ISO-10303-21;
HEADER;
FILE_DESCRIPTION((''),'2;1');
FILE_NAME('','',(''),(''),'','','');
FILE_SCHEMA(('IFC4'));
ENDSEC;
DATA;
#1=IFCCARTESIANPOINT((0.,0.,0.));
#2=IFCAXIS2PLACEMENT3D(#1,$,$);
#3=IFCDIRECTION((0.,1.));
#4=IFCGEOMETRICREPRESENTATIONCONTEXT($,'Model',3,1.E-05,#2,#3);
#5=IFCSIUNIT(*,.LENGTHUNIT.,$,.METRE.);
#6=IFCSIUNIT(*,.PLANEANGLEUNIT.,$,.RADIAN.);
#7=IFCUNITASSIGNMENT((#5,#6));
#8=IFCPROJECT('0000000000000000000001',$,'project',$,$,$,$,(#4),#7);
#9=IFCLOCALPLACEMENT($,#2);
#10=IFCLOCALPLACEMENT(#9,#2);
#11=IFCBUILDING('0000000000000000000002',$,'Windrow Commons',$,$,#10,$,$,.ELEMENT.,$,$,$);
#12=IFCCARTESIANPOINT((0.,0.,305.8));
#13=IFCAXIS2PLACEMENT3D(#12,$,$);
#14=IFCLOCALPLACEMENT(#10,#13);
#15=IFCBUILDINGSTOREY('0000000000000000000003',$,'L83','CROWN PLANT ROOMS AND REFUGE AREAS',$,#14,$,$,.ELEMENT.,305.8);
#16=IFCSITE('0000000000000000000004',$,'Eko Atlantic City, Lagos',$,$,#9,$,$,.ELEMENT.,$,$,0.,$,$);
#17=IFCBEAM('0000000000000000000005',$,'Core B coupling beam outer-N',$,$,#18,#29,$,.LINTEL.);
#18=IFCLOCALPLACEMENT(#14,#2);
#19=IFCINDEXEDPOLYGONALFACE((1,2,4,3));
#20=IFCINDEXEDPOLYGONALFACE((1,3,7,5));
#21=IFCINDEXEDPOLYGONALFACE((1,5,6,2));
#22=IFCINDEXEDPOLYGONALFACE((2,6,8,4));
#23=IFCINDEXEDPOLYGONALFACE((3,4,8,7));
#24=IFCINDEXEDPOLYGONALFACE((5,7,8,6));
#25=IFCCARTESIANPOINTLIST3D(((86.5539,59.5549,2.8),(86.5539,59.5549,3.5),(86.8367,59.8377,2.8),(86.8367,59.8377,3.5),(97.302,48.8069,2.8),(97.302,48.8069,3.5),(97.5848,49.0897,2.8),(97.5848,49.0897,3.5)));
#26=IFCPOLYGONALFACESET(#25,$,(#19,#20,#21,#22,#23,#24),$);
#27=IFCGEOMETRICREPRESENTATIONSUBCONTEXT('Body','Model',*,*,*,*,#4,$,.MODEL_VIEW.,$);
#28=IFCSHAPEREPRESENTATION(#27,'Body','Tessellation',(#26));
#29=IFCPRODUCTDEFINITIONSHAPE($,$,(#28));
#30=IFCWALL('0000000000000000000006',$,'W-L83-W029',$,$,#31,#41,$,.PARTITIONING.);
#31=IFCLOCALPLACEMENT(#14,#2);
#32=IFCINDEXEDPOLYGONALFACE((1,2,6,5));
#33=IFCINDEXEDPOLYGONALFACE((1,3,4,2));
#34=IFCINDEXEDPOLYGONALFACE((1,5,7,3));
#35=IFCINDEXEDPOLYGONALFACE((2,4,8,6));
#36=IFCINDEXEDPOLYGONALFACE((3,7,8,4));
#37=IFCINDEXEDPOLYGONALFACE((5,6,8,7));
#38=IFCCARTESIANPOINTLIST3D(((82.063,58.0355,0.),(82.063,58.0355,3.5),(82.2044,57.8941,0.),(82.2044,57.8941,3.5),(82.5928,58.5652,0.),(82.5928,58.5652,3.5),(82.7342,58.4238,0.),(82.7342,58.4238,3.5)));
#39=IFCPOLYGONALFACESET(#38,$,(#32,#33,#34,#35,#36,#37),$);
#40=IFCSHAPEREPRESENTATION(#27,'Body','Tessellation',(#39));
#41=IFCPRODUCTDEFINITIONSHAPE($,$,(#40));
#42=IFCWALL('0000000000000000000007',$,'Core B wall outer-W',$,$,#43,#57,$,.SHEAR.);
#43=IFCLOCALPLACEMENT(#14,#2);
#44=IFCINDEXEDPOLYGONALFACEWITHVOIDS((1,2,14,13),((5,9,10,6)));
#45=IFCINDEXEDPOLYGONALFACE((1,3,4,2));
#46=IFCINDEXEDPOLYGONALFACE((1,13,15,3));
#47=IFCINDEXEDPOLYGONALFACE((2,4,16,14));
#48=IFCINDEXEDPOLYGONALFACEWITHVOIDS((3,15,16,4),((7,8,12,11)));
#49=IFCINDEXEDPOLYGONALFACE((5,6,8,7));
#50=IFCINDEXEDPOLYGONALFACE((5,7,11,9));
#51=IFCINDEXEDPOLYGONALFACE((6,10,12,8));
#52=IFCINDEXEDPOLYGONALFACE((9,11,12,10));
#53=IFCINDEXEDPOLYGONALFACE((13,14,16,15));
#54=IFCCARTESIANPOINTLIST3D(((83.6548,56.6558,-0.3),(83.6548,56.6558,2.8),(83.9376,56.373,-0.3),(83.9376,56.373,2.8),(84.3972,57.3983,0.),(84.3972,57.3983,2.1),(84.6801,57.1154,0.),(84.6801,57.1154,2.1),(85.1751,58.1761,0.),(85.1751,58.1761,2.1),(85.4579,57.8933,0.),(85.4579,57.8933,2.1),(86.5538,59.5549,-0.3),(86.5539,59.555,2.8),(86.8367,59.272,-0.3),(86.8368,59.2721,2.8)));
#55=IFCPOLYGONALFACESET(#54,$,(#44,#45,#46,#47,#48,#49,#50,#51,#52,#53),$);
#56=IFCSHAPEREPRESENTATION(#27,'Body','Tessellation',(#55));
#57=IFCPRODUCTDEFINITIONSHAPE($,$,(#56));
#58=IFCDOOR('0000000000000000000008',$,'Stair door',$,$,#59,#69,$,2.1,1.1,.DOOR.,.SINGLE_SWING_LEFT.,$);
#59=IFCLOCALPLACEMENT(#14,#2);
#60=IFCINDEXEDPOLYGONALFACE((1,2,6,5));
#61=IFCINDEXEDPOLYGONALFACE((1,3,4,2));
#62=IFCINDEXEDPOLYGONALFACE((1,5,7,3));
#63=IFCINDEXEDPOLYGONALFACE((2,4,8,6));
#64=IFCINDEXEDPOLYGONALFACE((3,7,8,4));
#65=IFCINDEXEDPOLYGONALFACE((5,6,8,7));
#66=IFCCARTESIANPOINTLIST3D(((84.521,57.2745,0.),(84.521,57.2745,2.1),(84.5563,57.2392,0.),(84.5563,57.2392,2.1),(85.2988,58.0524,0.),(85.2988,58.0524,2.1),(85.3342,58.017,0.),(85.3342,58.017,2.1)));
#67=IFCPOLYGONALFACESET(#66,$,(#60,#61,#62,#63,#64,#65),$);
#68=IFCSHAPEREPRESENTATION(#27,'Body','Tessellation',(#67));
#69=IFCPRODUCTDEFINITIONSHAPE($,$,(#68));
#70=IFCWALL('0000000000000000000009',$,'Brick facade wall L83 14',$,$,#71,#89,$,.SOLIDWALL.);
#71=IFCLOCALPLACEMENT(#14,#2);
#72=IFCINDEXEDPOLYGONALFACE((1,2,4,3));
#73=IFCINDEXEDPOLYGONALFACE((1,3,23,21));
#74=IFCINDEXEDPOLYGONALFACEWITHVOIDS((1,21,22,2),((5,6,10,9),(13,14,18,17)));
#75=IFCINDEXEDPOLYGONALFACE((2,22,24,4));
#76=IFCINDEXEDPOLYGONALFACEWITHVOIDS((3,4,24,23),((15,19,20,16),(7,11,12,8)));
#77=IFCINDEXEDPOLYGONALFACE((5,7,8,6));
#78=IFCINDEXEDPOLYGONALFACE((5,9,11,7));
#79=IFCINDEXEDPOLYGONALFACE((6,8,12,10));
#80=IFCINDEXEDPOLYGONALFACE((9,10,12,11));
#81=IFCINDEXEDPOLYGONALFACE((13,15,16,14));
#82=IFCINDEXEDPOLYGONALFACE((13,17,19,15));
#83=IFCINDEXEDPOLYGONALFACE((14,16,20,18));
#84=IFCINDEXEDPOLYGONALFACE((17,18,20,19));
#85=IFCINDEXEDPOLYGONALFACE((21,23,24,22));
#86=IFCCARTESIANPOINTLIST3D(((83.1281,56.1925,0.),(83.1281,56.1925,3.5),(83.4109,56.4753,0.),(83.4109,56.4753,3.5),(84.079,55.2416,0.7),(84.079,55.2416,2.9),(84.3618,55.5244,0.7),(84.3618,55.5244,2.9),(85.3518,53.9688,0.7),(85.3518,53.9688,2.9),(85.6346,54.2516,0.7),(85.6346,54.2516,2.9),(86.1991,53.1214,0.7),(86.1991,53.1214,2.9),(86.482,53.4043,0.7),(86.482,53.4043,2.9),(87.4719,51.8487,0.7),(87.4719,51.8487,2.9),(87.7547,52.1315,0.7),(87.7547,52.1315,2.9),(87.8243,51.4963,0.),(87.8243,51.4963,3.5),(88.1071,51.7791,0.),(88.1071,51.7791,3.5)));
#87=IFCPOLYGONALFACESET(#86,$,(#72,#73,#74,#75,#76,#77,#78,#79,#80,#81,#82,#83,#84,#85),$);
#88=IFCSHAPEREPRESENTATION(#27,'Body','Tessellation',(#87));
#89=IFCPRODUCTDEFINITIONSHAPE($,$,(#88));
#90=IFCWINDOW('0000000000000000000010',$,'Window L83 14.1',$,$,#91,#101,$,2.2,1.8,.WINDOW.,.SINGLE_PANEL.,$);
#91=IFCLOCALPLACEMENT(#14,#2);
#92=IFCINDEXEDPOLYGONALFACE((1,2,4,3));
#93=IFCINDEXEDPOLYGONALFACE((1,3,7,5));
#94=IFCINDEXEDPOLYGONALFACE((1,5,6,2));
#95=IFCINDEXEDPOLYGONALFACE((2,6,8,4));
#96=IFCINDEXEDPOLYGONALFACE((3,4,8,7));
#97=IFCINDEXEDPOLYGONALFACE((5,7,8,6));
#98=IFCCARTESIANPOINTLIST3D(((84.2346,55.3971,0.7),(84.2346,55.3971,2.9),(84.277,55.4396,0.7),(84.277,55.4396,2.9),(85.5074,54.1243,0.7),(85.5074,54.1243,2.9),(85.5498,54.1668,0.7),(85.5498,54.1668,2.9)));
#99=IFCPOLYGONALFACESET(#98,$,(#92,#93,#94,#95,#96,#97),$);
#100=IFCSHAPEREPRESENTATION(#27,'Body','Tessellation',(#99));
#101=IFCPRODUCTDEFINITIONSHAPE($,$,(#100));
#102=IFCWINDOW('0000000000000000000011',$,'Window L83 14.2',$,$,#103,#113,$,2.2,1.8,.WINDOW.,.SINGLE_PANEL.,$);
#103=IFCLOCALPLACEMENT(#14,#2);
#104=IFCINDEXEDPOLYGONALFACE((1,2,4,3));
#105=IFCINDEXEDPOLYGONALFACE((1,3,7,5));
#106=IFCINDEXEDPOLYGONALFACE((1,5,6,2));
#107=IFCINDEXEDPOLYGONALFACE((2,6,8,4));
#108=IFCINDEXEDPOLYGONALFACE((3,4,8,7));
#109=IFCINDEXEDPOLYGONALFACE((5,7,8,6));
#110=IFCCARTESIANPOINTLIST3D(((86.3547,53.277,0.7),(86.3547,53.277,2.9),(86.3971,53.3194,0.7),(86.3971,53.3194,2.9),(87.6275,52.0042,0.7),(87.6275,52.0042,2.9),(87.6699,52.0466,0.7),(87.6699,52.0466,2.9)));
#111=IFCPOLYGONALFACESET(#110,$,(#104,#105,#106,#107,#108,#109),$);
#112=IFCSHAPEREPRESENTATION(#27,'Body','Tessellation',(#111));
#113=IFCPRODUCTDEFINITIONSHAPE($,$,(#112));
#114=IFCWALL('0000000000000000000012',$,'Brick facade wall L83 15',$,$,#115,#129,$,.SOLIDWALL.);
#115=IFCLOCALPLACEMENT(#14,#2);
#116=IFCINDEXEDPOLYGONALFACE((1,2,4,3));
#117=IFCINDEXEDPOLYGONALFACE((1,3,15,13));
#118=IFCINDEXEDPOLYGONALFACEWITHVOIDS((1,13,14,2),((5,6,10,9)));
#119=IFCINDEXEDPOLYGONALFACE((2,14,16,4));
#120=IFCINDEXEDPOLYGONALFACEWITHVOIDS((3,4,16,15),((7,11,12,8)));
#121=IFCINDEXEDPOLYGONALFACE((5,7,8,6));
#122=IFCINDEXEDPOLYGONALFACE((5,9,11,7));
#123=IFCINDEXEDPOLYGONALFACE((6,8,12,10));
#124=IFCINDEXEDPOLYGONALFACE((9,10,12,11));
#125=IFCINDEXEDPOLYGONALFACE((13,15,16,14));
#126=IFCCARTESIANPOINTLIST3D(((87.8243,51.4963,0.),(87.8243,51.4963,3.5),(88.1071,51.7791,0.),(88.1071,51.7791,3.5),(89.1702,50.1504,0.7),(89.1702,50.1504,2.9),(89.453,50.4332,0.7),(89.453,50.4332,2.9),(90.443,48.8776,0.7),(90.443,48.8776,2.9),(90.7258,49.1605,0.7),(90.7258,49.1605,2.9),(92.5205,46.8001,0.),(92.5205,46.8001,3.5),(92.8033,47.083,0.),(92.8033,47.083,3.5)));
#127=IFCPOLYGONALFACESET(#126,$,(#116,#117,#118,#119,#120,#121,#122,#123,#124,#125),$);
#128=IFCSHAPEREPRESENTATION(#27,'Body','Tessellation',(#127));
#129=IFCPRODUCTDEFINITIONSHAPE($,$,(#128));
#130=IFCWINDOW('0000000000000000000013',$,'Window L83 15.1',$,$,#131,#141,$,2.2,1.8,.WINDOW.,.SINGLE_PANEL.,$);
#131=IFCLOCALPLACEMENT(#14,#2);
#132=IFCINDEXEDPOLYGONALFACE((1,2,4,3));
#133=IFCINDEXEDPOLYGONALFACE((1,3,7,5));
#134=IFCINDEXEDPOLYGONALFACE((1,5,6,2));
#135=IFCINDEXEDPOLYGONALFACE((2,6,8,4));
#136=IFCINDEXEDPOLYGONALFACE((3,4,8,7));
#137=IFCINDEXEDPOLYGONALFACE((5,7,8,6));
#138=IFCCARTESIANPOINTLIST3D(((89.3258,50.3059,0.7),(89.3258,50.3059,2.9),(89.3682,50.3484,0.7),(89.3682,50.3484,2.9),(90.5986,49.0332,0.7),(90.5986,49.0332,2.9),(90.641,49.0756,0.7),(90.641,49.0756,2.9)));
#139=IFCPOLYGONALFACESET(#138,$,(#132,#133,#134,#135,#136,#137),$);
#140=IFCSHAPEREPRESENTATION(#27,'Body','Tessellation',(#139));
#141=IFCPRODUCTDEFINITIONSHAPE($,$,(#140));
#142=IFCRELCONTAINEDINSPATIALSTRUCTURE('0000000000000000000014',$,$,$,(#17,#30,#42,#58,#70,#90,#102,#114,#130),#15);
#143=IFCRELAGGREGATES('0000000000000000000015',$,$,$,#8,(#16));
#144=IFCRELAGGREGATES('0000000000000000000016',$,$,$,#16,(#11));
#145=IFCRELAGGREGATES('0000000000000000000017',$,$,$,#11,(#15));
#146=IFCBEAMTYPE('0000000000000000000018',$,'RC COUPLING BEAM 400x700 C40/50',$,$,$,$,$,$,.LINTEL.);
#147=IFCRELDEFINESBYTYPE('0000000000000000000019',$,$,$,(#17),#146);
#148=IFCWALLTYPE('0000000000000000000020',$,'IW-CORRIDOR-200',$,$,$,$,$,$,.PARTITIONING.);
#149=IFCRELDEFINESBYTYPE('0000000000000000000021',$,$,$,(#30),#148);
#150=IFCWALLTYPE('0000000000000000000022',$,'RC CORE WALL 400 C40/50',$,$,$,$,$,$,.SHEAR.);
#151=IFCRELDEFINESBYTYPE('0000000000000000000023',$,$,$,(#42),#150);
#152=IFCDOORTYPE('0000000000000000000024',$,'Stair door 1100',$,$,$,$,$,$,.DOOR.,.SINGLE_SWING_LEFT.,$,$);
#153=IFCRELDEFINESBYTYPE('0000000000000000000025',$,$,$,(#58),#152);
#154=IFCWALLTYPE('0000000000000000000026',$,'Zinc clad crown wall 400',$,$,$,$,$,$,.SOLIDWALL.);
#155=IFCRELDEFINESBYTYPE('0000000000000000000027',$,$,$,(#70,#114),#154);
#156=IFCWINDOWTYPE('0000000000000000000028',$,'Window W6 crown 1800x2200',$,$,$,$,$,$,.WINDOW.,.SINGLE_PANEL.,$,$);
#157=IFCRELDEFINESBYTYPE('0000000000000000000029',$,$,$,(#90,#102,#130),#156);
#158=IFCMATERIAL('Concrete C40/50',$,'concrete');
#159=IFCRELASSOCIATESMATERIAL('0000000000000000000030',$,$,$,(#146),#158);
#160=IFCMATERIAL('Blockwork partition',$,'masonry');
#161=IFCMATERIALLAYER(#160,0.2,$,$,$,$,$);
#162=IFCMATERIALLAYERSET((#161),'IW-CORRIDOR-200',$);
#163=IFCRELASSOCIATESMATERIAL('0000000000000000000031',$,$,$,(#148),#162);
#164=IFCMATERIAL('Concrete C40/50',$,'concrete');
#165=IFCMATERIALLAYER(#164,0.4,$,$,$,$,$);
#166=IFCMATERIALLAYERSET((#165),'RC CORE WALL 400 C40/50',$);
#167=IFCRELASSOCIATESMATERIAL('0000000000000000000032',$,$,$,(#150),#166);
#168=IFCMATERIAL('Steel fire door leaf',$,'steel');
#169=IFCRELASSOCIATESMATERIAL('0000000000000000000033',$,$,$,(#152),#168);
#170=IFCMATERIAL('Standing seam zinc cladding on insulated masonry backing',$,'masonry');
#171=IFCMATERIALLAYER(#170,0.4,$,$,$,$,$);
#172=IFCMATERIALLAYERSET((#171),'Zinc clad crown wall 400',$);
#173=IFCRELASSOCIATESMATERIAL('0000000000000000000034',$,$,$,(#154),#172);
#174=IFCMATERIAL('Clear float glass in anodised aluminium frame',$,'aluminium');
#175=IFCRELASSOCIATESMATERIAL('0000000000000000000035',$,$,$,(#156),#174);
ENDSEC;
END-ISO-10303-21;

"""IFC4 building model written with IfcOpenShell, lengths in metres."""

from ifc_helpers import new_model, si_unit, direction, frame, frame_2d, origin, origin_2d, place, context, subcontext, project, spatial, polyline, rectangle, outline, extrude, material, layer, layer_set, material_profile, profile_set, type_object, element, fill, save


model = new_model("IFC4")

# Units and contexts
model_context = context("Model", 3, precision=1e-05, world=origin(), true_north=direction((0.0, 1.0)))
body_context = subcontext(model_context, "Body", "Model", "MODEL_VIEW")
ifc_project = project(units=[si_unit("LENGTHUNIT", "METRE"), si_unit("PLANEANGLEUNIT", "RADIAN")], contexts=[model_context])

# Site, building, storey
site_placement = place(None, origin())
site = spatial("IfcSite", under=ifc_project, at=site_placement, Name="Eko Atlantic City, Lagos", CompositionType="ELEMENT", RefElevation=0.0)
building_placement = place(site_placement, origin())
building = spatial("IfcBuilding", under=site, at=building_placement, Name="Windrow Commons", CompositionType="ELEMENT")
storey_placement = place(building_placement, frame((0.0, 0.0, 305.8)))
storey = spatial("IfcBuildingStorey", under=building, at=storey_placement, Name="L83", Description="CROWN PLANT ROOMS AND REFUGE AREAS", CompositionType="ELEMENT", Elevation=305.8)

# Beam
ifc_material_1 = material(Name="Concrete C40/50", Category="concrete")
ifc_material_profile = material_profile(ifc_material_1, rectangle(XDim=0.4, YDim=0.7, at=origin_2d()))
ifc_profile_set = profile_set([ifc_material_profile], Name="Concrete C40/50")
beam_type = type_object("IfcBeamType", Name="RC COUPLING BEAM 400x700 C40/50", PredefinedType="LINTEL", material=ifc_profile_set)
beam_placement = place(storey_placement, frame((86.6953, 59.6963, 3.15), z_axis=(0.70711, -0.707103, 0.0), x_axis=(0.707103, 0.70711, 0.0)))
element("IfcBeam", 1, at=beam_placement, inside=storey, type_object=beam_type, Name="Core B coupling beam outer-N", PredefinedType="LINTEL", context=body_context, shape_type="SweptSolid", body=[
    extrude(rectangle(XDim=0.4, YDim=0.7, at=origin_2d()), origin(), (0.0, 0.0, 1.0), 15.2),
])

# Wall
ifc_material_2 = material(Name="Blockwork partition", Category="masonry")
ifc_layer_1 = layer(ifc_material_2, 0.2)
ifc_layer_set_1 = layer_set([ifc_layer_1], Name="IW-CORRIDOR-200")
wall_type_1 = type_object("IfcWallType", Name="IW-CORRIDOR-200", PredefinedType="PARTITIONING", material=ifc_layer_set_1)
wall_1_placement = place(storey_placement, frame((82.1337, 57.9648, 0.0), z_axis=(0.0, 0.0, 1.0), x_axis=(0.707174, 0.70704, 0.0)))
element("IfcWall", 2, at=wall_1_placement, inside=storey, type_object=wall_type_1, Name="W-L83-W029", PredefinedType="PARTITIONING", context=body_context, shape_type="SweptSolid", body=[
    extrude(rectangle(XDim=0.7492, YDim=0.2, at=frame_2d((0.3746, 0.0))), origin(), (0.0, 0.0, 1.0), 3.5),
])

# Wall, opening, door
ifc_material_3 = material(Name="Concrete C40/50", Category="concrete")
ifc_layer_2 = layer(ifc_material_3, 0.4)
ifc_layer_set_2 = layer_set([ifc_layer_2], Name="RC CORE WALL 400 C40/50")
wall_type_2 = type_object("IfcWallType", Name="RC CORE WALL 400 C40/50", PredefinedType="SHEAR", material=ifc_layer_set_2)
wall_2_placement = place(storey_placement, frame((83.7962, 56.5144, -0.3), z_axis=(0.0, 0.0, 1.0), x_axis=(0.707107, 0.707107, 0.0)))
wall_2 = element("IfcWall", 3, at=wall_2_placement, inside=storey, type_object=wall_type_2, Name="Core B wall outer-W", PredefinedType="SHEAR", context=body_context, shape_type="SweptSolid", body=[
    extrude(outline(polyline([(0.0, 0.0), (4.0999, 0.0), (4.1, 3.1), (0.0, 3.1), (0.0, 0.0)])), frame((0.0, 0.2, 0.0), z_axis=(0.0, -1.0, 0.0), x_axis=(1.0, 0.0, 0.0)), (0.0, 0.0, 1.0), 0.4),
])
opening_1_placement = place(wall_2_placement, frame((1.05, 0.0, 0.3)))
opening_1 = element("IfcOpeningElement", 4, at=opening_1_placement, cuts=wall_2, PredefinedType="OPENING", context=body_context, shape_type="SweptSolid", body=[
    extrude(rectangle(XDim=1.1, YDim=2.1, at=frame_2d((0.55, 1.05))), frame((0.0, 0.21, 0.0), z_axis=(0.0, -1.0, 0.0), x_axis=(1.0, 0.0, 0.0)), (0.0, 0.0, 1.0), 0.42),
])
ifc_material_4 = material(Name="Steel fire door leaf", Category="steel")
door_type = type_object("IfcDoorType", Name="Stair door 1100", OperationType="SINGLE_SWING_LEFT", PredefinedType="DOOR", material=ifc_material_4)
door_placement = place(opening_1_placement, origin())
door = element("IfcDoor", 5, at=door_placement, inside=storey, type_object=door_type, Name="Stair door", OperationType="SINGLE_SWING_LEFT", OverallHeight=2.1, OverallWidth=1.1, PredefinedType="DOOR", context=body_context, shape_type="SweptSolid", body=[
    extrude(rectangle(XDim=1.1, YDim=2.1, at=frame_2d((0.55, 1.05))), frame((0.0, 0.025, 0.0), z_axis=(0.0, -1.0, 0.0), x_axis=(1.0, 0.0, 0.0)), (0.0, 0.0, 1.0), 0.05),
])
fill(opening_1, door)

# Wall, openings, windows
ifc_material_5 = material(Name="Standing seam zinc cladding on insulated masonry backing", Category="masonry")
ifc_layer_3 = layer(ifc_material_5, 0.4)
ifc_layer_set_3 = layer_set([ifc_layer_3], Name="Zinc clad crown wall 400")
wall_type_3 = type_object("IfcWallType", Name="Zinc clad crown wall 400", PredefinedType="SOLIDWALL", material=ifc_layer_set_3)
wall_3_placement = place(storey_placement, frame((83.2695, 56.3339, 0.0), z_axis=(0.0, 0.0, 1.0), x_axis=(0.707107, -0.707107, 0.0)))
wall_3 = element("IfcWall", 6, at=wall_3_placement, inside=storey, type_object=wall_type_3, Name="Brick facade wall L83 14", PredefinedType="SOLIDWALL", context=body_context, shape_type="SweptSolid", body=[
    extrude(outline(polyline([(0.0, -0.2), (6.6414, -0.2), (6.6414, 0.2), (0.0, 0.2), (0.0, -0.2)])), origin(), (0.0, 0.0, 1.0), 3.5),
])
opening_2_placement = place(wall_3_placement, frame((1.3448, 0.0, 0.7)))
opening_2 = element("IfcOpeningElement", 7, at=opening_2_placement, cuts=wall_3, PredefinedType="OPENING", context=body_context, shape_type="SweptSolid", body=[
    extrude(rectangle(XDim=1.8, YDim=2.2, at=frame_2d((0.9, 1.1))), frame((0.0, 0.21, 0.0), z_axis=(0.0, -1.0, 0.0), x_axis=(1.0, 0.0, 0.0)), (0.0, 0.0, 1.0), 0.42),
])
opening_3_placement = place(wall_3_placement, frame((4.3431, 0.0, 0.7)))
opening_3 = element("IfcOpeningElement", 8, at=opening_3_placement, cuts=wall_3, PredefinedType="OPENING", context=body_context, shape_type="SweptSolid", body=[
    extrude(rectangle(XDim=1.8, YDim=2.2, at=frame_2d((0.9, 1.1))), frame((0.0, 0.21, 0.0), z_axis=(0.0, -1.0, 0.0), x_axis=(1.0, 0.0, 0.0)), (0.0, 0.0, 1.0), 0.42),
])
ifc_material_6 = material(Name="Clear float glass in anodised aluminium frame", Category="aluminium")
window_type = type_object("IfcWindowType", Name="Window W6 crown 1800x2200", PartitioningType="SINGLE_PANEL", PredefinedType="WINDOW", material=ifc_material_6)
window_1_placement = place(opening_2_placement, origin())
window_1 = element("IfcWindow", 9, at=window_1_placement, inside=storey, type_object=window_type, Name="Window L83 14.1", OverallHeight=2.2, OverallWidth=1.8, PartitioningType="SINGLE_PANEL", PredefinedType="WINDOW", context=body_context, shape_type="SweptSolid", body=[
    extrude(rectangle(XDim=1.8, YDim=2.2, at=frame_2d((0.9, 1.1))), frame((0.0, 0.08, 0.0), z_axis=(0.0, -1.0, 0.0), x_axis=(1.0, 0.0, 0.0)), (0.0, 0.0, 1.0), 0.06),
])
fill(opening_2, window_1)
window_2_placement = place(opening_3_placement, origin())
window_2 = element("IfcWindow", 10, at=window_2_placement, inside=storey, type_object=window_type, Name="Window L83 14.2", OverallHeight=2.2, OverallWidth=1.8, PartitioningType="SINGLE_PANEL", PredefinedType="WINDOW", context=body_context, shape_type="SweptSolid", body=[
    extrude(rectangle(XDim=1.8, YDim=2.2, at=frame_2d((0.9, 1.1))), frame((0.0, 0.08, 0.0), z_axis=(0.0, -1.0, 0.0), x_axis=(1.0, 0.0, 0.0)), (0.0, 0.0, 1.0), 0.06),
])
fill(opening_3, window_2)

# Wall, opening, window
wall_4_placement = place(storey_placement, frame((87.9657, 51.6377, 0.0), z_axis=(0.0, 0.0, 1.0), x_axis=(0.707114, -0.707099, 0.0)))
wall_4 = element("IfcWall", 11, at=wall_4_placement, inside=storey, type_object=wall_type_3, Name="Brick facade wall L83 15", PredefinedType="SOLIDWALL", context=body_context, shape_type="SweptSolid", body=[
    extrude(outline(polyline([(0.0, -0.2), (6.6414, -0.2), (6.6414, 0.2), (0.0, 0.2), (0.0, -0.2)])), origin(), (0.0, 0.0, 1.0), 3.5),
])
opening_4_placement = place(wall_4_placement, frame((1.9034, 0.0, 0.7)))
opening_4 = element("IfcOpeningElement", 12, at=opening_4_placement, cuts=wall_4, PredefinedType="OPENING", context=body_context, shape_type="SweptSolid", body=[
    extrude(rectangle(XDim=1.8, YDim=2.2, at=frame_2d((0.9, 1.1))), frame((0.0, 0.21, 0.0), z_axis=(0.0, -1.0, 0.0), x_axis=(1.0, 0.0, 0.0)), (0.0, 0.0, 1.0), 0.42),
])
window_3_placement = place(opening_4_placement, origin())
window_3 = element("IfcWindow", 13, at=window_3_placement, inside=storey, type_object=window_type, Name="Window L83 15.1", OverallHeight=2.2, OverallWidth=1.8, PartitioningType="SINGLE_PANEL", PredefinedType="WINDOW", context=body_context, shape_type="SweptSolid", body=[
    extrude(rectangle(XDim=1.8, YDim=2.2, at=frame_2d((0.9, 1.1))), frame((0.0, 0.08, 0.0), z_axis=(0.0, -1.0, 0.0), x_axis=(1.0, 0.0, 0.0)), (0.0, 0.0, 1.0), 0.06),
])
fill(opening_4, window_3)

save(model, "model.ifc")
